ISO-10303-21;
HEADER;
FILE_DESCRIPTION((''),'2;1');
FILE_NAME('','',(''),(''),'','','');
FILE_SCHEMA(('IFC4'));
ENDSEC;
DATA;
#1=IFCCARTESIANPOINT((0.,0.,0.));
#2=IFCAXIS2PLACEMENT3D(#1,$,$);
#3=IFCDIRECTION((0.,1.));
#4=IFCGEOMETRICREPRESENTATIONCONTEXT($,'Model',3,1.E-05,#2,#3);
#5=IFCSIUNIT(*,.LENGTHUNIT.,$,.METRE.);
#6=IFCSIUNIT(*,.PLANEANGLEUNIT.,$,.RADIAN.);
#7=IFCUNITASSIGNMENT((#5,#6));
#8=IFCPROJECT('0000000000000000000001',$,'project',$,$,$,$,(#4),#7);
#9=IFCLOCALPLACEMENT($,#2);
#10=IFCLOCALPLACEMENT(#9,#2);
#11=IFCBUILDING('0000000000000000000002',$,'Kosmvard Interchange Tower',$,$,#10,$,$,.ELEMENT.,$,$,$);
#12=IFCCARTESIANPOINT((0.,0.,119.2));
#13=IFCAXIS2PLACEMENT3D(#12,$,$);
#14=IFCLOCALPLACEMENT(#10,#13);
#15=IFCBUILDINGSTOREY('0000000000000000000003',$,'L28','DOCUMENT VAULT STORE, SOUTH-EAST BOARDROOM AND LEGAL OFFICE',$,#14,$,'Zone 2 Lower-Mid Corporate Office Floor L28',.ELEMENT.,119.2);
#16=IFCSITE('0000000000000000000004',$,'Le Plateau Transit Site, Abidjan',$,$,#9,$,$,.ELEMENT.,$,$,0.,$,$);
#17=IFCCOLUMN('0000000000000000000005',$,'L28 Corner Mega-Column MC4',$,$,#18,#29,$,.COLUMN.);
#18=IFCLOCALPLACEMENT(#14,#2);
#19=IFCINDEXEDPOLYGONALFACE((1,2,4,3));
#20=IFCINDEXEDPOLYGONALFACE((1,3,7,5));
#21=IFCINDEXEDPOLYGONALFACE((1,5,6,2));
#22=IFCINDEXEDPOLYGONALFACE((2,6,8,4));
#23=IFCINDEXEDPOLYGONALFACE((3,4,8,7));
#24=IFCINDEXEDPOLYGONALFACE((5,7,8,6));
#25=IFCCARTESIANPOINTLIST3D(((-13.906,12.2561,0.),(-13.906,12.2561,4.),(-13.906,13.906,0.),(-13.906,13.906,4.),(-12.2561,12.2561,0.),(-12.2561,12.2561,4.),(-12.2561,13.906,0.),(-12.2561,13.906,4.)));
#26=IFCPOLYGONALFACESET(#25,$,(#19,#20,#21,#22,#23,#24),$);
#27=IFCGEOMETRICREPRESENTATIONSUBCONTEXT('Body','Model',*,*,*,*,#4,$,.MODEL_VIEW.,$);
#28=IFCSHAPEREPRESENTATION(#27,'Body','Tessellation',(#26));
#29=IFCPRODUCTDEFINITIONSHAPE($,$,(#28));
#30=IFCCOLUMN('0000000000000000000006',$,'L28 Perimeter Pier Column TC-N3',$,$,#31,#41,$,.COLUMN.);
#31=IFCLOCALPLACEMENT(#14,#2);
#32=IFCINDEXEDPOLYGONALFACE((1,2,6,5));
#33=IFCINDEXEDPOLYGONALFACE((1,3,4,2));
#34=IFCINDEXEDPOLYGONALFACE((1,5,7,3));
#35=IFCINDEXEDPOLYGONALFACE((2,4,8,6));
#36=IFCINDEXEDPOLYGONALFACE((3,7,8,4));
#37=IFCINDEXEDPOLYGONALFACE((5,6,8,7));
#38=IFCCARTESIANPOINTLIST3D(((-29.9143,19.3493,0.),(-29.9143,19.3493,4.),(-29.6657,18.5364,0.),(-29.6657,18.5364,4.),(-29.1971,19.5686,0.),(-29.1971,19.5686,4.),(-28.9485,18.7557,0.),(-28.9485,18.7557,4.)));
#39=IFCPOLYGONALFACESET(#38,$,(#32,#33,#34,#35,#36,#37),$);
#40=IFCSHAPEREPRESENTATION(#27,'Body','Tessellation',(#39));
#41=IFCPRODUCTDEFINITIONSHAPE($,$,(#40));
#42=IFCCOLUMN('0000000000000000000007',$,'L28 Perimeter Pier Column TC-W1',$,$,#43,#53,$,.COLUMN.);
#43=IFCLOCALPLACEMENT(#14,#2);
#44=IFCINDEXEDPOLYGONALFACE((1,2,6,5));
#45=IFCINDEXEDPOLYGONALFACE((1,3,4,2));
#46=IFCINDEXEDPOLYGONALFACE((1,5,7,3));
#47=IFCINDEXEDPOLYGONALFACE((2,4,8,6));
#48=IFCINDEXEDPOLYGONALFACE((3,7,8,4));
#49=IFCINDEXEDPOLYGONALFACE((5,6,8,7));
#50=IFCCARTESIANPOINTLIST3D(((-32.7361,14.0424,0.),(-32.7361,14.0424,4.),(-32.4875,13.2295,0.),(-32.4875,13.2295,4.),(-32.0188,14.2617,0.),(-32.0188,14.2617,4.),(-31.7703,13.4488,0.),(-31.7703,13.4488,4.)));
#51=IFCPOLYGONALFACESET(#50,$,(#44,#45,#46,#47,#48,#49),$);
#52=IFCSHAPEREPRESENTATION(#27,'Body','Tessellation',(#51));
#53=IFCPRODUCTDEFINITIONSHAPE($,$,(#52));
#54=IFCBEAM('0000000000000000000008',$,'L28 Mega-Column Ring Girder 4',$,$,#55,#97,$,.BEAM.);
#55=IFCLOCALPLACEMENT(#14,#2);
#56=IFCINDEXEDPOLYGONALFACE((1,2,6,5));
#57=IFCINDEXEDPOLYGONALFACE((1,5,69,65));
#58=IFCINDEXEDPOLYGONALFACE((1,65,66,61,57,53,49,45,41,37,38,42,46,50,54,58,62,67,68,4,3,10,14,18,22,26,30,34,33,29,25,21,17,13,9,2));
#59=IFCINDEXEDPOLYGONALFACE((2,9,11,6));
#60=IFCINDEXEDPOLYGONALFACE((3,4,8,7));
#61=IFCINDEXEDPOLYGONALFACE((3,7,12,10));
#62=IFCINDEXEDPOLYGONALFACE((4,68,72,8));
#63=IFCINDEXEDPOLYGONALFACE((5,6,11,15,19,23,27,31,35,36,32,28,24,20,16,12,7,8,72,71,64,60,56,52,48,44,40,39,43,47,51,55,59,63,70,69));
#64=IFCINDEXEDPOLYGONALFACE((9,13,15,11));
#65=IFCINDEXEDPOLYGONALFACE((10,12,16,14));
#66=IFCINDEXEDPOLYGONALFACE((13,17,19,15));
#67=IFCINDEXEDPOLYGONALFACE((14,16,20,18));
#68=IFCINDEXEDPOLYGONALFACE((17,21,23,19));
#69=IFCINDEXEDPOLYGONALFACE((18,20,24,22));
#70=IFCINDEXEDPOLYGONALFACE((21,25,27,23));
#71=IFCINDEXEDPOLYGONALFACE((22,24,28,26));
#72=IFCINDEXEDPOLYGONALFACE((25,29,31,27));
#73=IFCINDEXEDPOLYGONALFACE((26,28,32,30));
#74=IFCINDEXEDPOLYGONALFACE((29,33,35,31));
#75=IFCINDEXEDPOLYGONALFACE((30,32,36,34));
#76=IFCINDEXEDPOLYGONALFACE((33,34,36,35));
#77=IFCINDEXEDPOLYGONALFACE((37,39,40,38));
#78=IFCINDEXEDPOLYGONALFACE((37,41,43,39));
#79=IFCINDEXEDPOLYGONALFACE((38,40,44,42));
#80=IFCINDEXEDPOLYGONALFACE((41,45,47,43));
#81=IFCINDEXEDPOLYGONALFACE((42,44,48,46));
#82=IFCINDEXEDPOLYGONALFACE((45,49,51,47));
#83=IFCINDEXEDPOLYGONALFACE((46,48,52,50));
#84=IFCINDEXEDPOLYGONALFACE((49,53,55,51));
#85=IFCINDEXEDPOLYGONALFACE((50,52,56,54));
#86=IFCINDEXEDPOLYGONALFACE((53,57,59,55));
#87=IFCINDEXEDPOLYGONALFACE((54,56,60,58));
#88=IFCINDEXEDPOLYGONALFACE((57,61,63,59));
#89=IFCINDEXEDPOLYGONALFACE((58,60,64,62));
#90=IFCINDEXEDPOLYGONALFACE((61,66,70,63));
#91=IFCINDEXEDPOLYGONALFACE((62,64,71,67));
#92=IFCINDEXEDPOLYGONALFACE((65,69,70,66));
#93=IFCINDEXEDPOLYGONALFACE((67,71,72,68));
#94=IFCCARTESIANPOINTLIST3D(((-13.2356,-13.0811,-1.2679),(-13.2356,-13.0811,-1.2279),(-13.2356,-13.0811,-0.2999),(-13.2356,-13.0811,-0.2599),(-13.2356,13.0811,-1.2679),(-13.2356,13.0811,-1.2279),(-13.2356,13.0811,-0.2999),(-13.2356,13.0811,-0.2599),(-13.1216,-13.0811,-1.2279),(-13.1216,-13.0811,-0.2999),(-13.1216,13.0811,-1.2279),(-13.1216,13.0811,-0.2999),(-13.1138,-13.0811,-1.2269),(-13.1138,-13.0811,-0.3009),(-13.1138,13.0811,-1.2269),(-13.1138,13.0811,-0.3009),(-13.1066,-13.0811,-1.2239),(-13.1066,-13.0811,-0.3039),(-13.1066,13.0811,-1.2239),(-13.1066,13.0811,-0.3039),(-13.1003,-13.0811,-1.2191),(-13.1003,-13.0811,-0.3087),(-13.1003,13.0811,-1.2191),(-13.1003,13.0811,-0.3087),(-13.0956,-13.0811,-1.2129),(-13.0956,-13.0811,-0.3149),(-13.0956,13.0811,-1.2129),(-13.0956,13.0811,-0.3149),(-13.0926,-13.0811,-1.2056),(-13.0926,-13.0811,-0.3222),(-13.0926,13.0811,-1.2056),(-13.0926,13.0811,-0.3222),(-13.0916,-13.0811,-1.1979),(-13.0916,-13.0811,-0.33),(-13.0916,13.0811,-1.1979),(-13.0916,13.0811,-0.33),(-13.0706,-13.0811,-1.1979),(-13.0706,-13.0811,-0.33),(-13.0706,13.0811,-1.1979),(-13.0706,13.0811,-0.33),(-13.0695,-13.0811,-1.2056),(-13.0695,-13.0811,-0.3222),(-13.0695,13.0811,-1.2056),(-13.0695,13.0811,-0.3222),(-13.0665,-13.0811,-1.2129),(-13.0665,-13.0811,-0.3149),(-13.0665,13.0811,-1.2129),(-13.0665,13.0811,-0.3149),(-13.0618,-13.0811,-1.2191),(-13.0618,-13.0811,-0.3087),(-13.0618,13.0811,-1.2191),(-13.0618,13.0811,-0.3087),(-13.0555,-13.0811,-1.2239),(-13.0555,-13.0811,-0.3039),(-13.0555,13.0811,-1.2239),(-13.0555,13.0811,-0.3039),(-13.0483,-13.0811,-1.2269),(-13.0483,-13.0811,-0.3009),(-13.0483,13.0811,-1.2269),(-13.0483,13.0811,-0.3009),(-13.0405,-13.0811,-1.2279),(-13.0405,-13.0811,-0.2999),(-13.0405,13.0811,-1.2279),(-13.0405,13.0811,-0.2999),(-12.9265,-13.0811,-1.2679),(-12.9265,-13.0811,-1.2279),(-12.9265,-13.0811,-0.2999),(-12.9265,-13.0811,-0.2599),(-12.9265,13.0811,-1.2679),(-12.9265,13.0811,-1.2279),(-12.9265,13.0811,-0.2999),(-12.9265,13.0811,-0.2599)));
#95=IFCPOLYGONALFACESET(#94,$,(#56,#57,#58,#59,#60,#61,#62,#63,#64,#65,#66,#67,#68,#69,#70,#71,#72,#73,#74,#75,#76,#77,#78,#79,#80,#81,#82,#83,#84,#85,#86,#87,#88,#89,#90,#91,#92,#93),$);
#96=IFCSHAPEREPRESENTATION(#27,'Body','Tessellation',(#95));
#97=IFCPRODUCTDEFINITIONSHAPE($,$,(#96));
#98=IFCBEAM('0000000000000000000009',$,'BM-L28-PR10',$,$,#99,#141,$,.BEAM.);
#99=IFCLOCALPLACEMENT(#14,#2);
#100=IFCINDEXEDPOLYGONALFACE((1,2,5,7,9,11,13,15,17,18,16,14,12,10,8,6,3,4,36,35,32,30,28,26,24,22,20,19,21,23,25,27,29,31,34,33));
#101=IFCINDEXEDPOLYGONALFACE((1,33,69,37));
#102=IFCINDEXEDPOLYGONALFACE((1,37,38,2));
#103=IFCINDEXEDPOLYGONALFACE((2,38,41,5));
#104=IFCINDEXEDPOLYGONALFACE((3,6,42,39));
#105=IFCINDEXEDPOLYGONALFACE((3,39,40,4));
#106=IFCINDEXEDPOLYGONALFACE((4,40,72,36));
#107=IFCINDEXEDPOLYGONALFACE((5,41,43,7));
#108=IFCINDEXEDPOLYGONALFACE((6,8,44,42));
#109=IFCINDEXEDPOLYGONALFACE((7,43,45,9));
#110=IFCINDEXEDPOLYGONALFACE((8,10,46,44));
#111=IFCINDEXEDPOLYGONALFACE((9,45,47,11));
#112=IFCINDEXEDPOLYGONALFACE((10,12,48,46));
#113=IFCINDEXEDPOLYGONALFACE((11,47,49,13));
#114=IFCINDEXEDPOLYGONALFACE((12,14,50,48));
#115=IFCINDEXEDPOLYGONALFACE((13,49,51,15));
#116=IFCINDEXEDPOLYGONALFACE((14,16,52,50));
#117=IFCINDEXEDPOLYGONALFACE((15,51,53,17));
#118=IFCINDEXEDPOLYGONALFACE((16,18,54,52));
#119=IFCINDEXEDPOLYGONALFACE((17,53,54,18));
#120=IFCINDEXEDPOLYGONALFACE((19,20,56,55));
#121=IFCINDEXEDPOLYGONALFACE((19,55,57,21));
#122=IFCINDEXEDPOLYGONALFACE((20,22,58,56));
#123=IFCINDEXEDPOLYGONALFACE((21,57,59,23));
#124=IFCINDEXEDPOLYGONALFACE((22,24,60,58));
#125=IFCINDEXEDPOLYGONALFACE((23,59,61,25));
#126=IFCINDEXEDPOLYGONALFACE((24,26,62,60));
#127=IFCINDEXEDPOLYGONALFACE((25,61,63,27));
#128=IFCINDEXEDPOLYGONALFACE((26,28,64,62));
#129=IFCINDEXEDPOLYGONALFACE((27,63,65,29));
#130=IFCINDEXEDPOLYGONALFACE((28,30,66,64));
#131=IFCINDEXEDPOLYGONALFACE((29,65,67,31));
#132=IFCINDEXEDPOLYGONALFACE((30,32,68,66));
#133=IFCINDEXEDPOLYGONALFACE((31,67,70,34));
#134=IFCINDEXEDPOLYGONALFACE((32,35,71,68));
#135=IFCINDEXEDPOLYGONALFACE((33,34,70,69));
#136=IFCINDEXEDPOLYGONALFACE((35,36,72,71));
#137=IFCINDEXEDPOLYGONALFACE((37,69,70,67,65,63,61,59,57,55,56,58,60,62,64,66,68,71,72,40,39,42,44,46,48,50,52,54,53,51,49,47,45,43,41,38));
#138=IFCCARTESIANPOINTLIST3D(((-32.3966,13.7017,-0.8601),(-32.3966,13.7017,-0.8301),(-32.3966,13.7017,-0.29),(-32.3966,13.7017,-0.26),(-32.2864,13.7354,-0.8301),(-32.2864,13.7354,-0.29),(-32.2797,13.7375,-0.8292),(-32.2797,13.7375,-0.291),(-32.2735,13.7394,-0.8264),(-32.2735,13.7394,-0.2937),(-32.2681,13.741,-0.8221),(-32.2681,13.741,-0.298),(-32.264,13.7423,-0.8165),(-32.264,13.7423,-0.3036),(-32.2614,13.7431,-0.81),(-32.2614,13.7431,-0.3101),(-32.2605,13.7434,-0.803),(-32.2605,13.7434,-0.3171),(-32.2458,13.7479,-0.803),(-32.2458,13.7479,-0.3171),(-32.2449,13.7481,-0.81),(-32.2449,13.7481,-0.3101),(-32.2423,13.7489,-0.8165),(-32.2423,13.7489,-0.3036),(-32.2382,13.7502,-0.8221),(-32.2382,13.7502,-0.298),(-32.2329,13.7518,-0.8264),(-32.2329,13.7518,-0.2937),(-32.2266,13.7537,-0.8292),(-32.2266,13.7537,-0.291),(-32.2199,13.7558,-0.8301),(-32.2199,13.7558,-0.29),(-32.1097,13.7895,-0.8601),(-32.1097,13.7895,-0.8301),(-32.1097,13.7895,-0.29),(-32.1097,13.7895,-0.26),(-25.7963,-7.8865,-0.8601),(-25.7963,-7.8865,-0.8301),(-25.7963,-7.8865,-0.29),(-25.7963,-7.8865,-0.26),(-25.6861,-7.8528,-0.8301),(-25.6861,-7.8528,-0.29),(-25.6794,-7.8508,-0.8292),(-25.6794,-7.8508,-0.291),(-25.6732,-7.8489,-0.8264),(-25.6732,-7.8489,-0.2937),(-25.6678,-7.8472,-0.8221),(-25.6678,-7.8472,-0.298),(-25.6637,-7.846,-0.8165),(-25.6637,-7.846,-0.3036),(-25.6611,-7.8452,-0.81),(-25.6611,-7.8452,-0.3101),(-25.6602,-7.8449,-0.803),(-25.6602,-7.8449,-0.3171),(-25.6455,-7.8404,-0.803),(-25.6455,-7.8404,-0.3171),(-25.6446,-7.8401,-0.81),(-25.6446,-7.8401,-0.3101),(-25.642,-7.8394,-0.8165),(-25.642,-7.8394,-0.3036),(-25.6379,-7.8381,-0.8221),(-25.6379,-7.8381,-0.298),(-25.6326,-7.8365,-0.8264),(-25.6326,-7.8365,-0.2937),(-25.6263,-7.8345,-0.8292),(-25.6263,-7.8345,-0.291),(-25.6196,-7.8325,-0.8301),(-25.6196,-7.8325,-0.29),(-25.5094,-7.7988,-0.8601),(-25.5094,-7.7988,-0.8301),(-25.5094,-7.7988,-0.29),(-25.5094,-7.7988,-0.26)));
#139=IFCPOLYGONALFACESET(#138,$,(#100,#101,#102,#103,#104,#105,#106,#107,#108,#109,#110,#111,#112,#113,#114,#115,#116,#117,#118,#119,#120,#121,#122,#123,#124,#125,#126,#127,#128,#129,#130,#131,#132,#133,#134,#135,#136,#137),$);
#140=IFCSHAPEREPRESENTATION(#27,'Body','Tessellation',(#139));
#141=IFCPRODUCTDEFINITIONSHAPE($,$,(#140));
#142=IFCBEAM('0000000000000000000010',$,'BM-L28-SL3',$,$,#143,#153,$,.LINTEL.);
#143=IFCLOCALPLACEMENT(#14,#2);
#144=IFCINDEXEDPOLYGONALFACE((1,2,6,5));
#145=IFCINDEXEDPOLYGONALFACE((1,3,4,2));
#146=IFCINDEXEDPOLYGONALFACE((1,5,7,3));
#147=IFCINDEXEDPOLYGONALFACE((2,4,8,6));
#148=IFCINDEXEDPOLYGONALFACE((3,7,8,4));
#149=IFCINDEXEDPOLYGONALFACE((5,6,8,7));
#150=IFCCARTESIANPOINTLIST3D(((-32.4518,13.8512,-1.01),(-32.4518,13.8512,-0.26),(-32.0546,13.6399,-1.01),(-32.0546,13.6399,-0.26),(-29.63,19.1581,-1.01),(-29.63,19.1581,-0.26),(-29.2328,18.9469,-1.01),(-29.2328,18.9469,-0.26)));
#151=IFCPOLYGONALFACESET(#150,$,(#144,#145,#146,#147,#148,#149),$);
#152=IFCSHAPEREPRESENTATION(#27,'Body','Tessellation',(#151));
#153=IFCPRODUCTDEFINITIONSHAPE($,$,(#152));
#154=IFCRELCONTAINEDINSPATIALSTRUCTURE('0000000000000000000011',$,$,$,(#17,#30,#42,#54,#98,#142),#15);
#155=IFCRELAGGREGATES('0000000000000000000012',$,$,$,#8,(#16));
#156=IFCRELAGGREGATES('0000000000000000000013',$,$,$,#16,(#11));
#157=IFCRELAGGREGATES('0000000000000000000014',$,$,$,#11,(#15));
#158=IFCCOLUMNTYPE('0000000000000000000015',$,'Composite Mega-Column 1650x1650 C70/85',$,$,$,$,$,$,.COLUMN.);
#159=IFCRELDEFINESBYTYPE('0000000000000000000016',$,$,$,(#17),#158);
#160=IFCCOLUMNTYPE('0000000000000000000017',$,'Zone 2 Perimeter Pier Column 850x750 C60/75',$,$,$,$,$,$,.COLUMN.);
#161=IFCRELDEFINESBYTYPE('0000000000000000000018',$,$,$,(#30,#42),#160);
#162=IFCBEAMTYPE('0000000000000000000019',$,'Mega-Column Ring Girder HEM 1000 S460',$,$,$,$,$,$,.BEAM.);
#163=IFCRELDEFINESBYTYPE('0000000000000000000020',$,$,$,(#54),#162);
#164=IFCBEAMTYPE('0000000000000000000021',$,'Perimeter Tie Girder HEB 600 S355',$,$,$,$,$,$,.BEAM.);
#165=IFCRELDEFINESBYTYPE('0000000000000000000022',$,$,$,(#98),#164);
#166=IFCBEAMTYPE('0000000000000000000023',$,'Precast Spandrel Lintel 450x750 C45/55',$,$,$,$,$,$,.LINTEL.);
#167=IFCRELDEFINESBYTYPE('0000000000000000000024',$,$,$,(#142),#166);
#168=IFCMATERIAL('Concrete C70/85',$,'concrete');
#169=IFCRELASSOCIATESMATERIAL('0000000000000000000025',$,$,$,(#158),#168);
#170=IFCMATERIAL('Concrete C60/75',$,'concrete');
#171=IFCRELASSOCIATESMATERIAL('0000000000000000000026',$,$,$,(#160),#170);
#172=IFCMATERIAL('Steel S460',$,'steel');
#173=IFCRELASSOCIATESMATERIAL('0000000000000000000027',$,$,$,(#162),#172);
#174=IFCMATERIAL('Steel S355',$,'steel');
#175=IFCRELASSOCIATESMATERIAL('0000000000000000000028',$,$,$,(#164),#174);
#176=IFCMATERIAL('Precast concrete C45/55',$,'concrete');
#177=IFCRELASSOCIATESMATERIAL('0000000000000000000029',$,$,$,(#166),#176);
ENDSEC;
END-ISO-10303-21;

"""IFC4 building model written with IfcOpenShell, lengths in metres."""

from ifc_helpers import new_model, si_unit, direction, frame, origin, origin_2d, place, context, subcontext, project, spatial, rectangle, i_section, extrude, source, transform, mapped, material, material_profile, profile_set, type_object, element, save


model = new_model("IFC4")

# Units and contexts
model_context = context("Model", 3, precision=1e-05, world=origin(), true_north=direction((0.0, 1.0)))
body_context = subcontext(model_context, "Body", "Model", "MODEL_VIEW")
ifc_project = project(units=[si_unit("LENGTHUNIT", "METRE"), si_unit("PLANEANGLEUNIT", "RADIAN")], contexts=[model_context])

# Site, building, storey
site_placement = place(None, origin())
site = spatial("IfcSite", under=ifc_project, at=site_placement, Name="Le Plateau Transit Site, Abidjan", CompositionType="ELEMENT", RefElevation=0.0)
building_placement = place(site_placement, origin())
building = spatial("IfcBuilding", under=site, at=building_placement, Name="Kosmvard Interchange Tower", CompositionType="ELEMENT")
storey_placement = place(building_placement, frame((0.0, 0.0, 119.2)))
storey = spatial("IfcBuildingStorey", under=building, at=storey_placement, Name="L28", Description="DOCUMENT VAULT STORE, SOUTH-EAST BOARDROOM AND LEGAL OFFICE", LongName="Zone 2 Lower-Mid Corporate Office Floor L28", CompositionType="ELEMENT", Elevation=119.2)

# Columns
ifc_material_1 = material(Name="Concrete C70/85", Category="concrete")
ifc_material_profile_1 = material_profile(ifc_material_1, rectangle(XDim=1.6499, YDim=1.6499, at=origin_2d()), Name="MC 1650x1650")
ifc_profile_set_1 = profile_set([ifc_material_profile_1], Name="Concrete C70/85")
column_type_1 = type_object("IfcColumnType", Name="Composite Mega-Column 1650x1650 C70/85", PredefinedType="COLUMN", material=ifc_profile_set_1)
shared_shape_1 = source(origin(), body_context, "Body", "SweptSolid", [
    extrude(rectangle(XDim=1.6499, YDim=1.6499, at=origin_2d()), origin(), (0.0, 0.0, 1.0), 4.0),
])
column_placement = place(storey_placement, frame((-13.0811, 13.0811, 0.0), z_axis=(0.0, 0.0, 1.0), x_axis=(1.0, 0.0, 0.0)))
element("IfcColumn", 1, at=column_placement, inside=storey, type_object=column_type_1, Name="L28 Corner Mega-Column MC4", PredefinedType="COLUMN", context=body_context, shape_type="MappedRepresentation", body=[
    mapped(shared_shape_1, transform((0.0, 0.0, 0.0), scale=1.0)),
])
ifc_material_2 = material(Name="Concrete C60/75", Category="concrete")
ifc_material_profile_2 = material_profile(ifc_material_2, rectangle(XDim=0.75, YDim=0.8501, at=origin_2d()), Name="TC 850x750")
ifc_profile_set_2 = profile_set([ifc_material_profile_2], Name="Concrete C60/75")
column_type_2 = type_object("IfcColumnType", Name="Zone 2 Perimeter Pier Column 850x750 C60/75", PredefinedType="COLUMN", material=ifc_profile_set_2)
shared_shape_2 = source(origin(), body_context, "Body", "SweptSolid", [
    extrude(rectangle(XDim=0.75, YDim=0.8501, at=origin_2d()), origin(), (0.0, 0.0, 1.0), 4.0),
])
for number, where, z_axis, x_axis, name in (
    (2, (-29.4314, 19.0525, 0.0), (0.0, 0.0, 1.0), (0.956305, 0.292372, 0.0), "L28 Perimeter Pier Column TC-N3"),
    (3, (-32.2532, 13.7456, 0.0), (0.0, 0.0, 1.0), (0.956305, 0.292372, 0.0), "L28 Perimeter Pier Column TC-W1"),
):
    element("IfcColumn", number, at=place(storey_placement, frame(where, z_axis=z_axis, x_axis=x_axis)), inside=storey, type_object=column_type_2, Name=name, PredefinedType="COLUMN", context=body_context, shape_type="MappedRepresentation", body=[
        mapped(shared_shape_2, transform((0.0, 0.0, 0.0), scale=1.0)),
    ])

# Beams
ifc_material_3 = material(Name="Steel S460", Category="steel")
ifc_material_profile_3 = material_profile(ifc_material_3, i_section(OverallWidth=0.3091, OverallDepth=1.0081, WebThickness=0.021, FlangeThickness=0.04, FilletRadius=0.03, at=origin_2d()), Name="HEM 1000")
ifc_profile_set_3 = profile_set([ifc_material_profile_3], Name="Steel S460")
beam_type_1 = type_object("IfcBeamType", Name="Mega-Column Ring Girder HEM 1000 S460", PredefinedType="BEAM", material=ifc_profile_set_3)
shared_shape_3 = source(origin(), body_context, "Body", "SweptSolid", [
    extrude(i_section(OverallWidth=0.3091, OverallDepth=1.0081, WebThickness=0.021, FlangeThickness=0.04, FilletRadius=0.03, at=origin_2d()), origin(), (0.0, 0.0, 1.0), 26.1621),
])
beam_1_placement = place(storey_placement, frame((-13.0811, 13.0811, -0.7639), z_axis=(0.0, -1.0, 0.0), x_axis=(1.0, 0.0, 0.0)))
element("IfcBeam", 4, at=beam_1_placement, inside=storey, type_object=beam_type_1, Name="L28 Mega-Column Ring Girder 4", PredefinedType="BEAM", context=body_context, shape_type="MappedRepresentation", body=[
    mapped(shared_shape_3, transform((0.0, 0.0, 0.0), scale=1.0)),
])
ifc_material_4 = material(Name="Steel S355", Category="steel")
ifc_material_profile_4 = material_profile(ifc_material_4, i_section(OverallWidth=0.3, OverallDepth=0.6001, WebThickness=0.0154, FlangeThickness=0.03, FilletRadius=0.0271, at=origin_2d()), Name="HEB 600")
ifc_profile_set_4 = profile_set([ifc_material_profile_4], Name="Steel S355")
beam_type_2 = type_object("IfcBeamType", Name="Perimeter Tie Girder HEB 600 S355", PredefinedType="BEAM", material=ifc_profile_set_4)
shared_shape_4 = source(origin(), body_context, "Body", "SweptSolid", [
    extrude(i_section(OverallWidth=0.3, OverallDepth=0.6001, WebThickness=0.0154, FlangeThickness=0.03, FilletRadius=0.0271, at=origin_2d()), origin(), (0.0, 0.0, 1.0), 22.5747),
])
beam_2_placement = place(storey_placement, frame((-32.2532, 13.7456, -0.5601), z_axis=(0.292376, -0.956303, 0.0), x_axis=(0.956303, 0.292376, 0.0)))
element("IfcBeam", 5, at=beam_2_placement, inside=storey, type_object=beam_type_2, Name="BM-L28-PR10", PredefinedType="BEAM", context=body_context, shape_type="MappedRepresentation", body=[
    mapped(shared_shape_4, transform((0.0, 0.0, 0.0), scale=1.0)),
])
ifc_material_5 = material(Name="Precast concrete C45/55", Category="concrete")
ifc_material_profile_5 = material_profile(ifc_material_5, rectangle(XDim=0.45, YDim=0.75, at=origin_2d()), Name="SL 450x750")
ifc_profile_set_5 = profile_set([ifc_material_profile_5], Name="Precast concrete C45/55")
beam_type_3 = type_object("IfcBeamType", Name="Precast Spandrel Lintel 450x750 C45/55", PredefinedType="LINTEL", material=ifc_profile_set_5)
shared_shape_5 = source(origin(), body_context, "Body", "SweptSolid", [
    extrude(rectangle(XDim=0.45, YDim=0.75, at=origin_2d()), origin(), (0.0, 0.0, 1.0), 6.0105),
])
beam_3_placement = place(storey_placement, frame((-29.4314, 19.0525, -0.635), z_axis=(-0.469479, -0.882944, 0.0), x_axis=(0.882944, -0.469479, 0.0)))
element("IfcBeam", 6, at=beam_3_placement, inside=storey, type_object=beam_type_3, Name="BM-L28-SL3", PredefinedType="LINTEL", context=body_context, shape_type="MappedRepresentation", body=[
    mapped(shared_shape_5, transform((0.0, 0.0, 0.0), scale=1.0)),
])

save(model, "model.ifc")
